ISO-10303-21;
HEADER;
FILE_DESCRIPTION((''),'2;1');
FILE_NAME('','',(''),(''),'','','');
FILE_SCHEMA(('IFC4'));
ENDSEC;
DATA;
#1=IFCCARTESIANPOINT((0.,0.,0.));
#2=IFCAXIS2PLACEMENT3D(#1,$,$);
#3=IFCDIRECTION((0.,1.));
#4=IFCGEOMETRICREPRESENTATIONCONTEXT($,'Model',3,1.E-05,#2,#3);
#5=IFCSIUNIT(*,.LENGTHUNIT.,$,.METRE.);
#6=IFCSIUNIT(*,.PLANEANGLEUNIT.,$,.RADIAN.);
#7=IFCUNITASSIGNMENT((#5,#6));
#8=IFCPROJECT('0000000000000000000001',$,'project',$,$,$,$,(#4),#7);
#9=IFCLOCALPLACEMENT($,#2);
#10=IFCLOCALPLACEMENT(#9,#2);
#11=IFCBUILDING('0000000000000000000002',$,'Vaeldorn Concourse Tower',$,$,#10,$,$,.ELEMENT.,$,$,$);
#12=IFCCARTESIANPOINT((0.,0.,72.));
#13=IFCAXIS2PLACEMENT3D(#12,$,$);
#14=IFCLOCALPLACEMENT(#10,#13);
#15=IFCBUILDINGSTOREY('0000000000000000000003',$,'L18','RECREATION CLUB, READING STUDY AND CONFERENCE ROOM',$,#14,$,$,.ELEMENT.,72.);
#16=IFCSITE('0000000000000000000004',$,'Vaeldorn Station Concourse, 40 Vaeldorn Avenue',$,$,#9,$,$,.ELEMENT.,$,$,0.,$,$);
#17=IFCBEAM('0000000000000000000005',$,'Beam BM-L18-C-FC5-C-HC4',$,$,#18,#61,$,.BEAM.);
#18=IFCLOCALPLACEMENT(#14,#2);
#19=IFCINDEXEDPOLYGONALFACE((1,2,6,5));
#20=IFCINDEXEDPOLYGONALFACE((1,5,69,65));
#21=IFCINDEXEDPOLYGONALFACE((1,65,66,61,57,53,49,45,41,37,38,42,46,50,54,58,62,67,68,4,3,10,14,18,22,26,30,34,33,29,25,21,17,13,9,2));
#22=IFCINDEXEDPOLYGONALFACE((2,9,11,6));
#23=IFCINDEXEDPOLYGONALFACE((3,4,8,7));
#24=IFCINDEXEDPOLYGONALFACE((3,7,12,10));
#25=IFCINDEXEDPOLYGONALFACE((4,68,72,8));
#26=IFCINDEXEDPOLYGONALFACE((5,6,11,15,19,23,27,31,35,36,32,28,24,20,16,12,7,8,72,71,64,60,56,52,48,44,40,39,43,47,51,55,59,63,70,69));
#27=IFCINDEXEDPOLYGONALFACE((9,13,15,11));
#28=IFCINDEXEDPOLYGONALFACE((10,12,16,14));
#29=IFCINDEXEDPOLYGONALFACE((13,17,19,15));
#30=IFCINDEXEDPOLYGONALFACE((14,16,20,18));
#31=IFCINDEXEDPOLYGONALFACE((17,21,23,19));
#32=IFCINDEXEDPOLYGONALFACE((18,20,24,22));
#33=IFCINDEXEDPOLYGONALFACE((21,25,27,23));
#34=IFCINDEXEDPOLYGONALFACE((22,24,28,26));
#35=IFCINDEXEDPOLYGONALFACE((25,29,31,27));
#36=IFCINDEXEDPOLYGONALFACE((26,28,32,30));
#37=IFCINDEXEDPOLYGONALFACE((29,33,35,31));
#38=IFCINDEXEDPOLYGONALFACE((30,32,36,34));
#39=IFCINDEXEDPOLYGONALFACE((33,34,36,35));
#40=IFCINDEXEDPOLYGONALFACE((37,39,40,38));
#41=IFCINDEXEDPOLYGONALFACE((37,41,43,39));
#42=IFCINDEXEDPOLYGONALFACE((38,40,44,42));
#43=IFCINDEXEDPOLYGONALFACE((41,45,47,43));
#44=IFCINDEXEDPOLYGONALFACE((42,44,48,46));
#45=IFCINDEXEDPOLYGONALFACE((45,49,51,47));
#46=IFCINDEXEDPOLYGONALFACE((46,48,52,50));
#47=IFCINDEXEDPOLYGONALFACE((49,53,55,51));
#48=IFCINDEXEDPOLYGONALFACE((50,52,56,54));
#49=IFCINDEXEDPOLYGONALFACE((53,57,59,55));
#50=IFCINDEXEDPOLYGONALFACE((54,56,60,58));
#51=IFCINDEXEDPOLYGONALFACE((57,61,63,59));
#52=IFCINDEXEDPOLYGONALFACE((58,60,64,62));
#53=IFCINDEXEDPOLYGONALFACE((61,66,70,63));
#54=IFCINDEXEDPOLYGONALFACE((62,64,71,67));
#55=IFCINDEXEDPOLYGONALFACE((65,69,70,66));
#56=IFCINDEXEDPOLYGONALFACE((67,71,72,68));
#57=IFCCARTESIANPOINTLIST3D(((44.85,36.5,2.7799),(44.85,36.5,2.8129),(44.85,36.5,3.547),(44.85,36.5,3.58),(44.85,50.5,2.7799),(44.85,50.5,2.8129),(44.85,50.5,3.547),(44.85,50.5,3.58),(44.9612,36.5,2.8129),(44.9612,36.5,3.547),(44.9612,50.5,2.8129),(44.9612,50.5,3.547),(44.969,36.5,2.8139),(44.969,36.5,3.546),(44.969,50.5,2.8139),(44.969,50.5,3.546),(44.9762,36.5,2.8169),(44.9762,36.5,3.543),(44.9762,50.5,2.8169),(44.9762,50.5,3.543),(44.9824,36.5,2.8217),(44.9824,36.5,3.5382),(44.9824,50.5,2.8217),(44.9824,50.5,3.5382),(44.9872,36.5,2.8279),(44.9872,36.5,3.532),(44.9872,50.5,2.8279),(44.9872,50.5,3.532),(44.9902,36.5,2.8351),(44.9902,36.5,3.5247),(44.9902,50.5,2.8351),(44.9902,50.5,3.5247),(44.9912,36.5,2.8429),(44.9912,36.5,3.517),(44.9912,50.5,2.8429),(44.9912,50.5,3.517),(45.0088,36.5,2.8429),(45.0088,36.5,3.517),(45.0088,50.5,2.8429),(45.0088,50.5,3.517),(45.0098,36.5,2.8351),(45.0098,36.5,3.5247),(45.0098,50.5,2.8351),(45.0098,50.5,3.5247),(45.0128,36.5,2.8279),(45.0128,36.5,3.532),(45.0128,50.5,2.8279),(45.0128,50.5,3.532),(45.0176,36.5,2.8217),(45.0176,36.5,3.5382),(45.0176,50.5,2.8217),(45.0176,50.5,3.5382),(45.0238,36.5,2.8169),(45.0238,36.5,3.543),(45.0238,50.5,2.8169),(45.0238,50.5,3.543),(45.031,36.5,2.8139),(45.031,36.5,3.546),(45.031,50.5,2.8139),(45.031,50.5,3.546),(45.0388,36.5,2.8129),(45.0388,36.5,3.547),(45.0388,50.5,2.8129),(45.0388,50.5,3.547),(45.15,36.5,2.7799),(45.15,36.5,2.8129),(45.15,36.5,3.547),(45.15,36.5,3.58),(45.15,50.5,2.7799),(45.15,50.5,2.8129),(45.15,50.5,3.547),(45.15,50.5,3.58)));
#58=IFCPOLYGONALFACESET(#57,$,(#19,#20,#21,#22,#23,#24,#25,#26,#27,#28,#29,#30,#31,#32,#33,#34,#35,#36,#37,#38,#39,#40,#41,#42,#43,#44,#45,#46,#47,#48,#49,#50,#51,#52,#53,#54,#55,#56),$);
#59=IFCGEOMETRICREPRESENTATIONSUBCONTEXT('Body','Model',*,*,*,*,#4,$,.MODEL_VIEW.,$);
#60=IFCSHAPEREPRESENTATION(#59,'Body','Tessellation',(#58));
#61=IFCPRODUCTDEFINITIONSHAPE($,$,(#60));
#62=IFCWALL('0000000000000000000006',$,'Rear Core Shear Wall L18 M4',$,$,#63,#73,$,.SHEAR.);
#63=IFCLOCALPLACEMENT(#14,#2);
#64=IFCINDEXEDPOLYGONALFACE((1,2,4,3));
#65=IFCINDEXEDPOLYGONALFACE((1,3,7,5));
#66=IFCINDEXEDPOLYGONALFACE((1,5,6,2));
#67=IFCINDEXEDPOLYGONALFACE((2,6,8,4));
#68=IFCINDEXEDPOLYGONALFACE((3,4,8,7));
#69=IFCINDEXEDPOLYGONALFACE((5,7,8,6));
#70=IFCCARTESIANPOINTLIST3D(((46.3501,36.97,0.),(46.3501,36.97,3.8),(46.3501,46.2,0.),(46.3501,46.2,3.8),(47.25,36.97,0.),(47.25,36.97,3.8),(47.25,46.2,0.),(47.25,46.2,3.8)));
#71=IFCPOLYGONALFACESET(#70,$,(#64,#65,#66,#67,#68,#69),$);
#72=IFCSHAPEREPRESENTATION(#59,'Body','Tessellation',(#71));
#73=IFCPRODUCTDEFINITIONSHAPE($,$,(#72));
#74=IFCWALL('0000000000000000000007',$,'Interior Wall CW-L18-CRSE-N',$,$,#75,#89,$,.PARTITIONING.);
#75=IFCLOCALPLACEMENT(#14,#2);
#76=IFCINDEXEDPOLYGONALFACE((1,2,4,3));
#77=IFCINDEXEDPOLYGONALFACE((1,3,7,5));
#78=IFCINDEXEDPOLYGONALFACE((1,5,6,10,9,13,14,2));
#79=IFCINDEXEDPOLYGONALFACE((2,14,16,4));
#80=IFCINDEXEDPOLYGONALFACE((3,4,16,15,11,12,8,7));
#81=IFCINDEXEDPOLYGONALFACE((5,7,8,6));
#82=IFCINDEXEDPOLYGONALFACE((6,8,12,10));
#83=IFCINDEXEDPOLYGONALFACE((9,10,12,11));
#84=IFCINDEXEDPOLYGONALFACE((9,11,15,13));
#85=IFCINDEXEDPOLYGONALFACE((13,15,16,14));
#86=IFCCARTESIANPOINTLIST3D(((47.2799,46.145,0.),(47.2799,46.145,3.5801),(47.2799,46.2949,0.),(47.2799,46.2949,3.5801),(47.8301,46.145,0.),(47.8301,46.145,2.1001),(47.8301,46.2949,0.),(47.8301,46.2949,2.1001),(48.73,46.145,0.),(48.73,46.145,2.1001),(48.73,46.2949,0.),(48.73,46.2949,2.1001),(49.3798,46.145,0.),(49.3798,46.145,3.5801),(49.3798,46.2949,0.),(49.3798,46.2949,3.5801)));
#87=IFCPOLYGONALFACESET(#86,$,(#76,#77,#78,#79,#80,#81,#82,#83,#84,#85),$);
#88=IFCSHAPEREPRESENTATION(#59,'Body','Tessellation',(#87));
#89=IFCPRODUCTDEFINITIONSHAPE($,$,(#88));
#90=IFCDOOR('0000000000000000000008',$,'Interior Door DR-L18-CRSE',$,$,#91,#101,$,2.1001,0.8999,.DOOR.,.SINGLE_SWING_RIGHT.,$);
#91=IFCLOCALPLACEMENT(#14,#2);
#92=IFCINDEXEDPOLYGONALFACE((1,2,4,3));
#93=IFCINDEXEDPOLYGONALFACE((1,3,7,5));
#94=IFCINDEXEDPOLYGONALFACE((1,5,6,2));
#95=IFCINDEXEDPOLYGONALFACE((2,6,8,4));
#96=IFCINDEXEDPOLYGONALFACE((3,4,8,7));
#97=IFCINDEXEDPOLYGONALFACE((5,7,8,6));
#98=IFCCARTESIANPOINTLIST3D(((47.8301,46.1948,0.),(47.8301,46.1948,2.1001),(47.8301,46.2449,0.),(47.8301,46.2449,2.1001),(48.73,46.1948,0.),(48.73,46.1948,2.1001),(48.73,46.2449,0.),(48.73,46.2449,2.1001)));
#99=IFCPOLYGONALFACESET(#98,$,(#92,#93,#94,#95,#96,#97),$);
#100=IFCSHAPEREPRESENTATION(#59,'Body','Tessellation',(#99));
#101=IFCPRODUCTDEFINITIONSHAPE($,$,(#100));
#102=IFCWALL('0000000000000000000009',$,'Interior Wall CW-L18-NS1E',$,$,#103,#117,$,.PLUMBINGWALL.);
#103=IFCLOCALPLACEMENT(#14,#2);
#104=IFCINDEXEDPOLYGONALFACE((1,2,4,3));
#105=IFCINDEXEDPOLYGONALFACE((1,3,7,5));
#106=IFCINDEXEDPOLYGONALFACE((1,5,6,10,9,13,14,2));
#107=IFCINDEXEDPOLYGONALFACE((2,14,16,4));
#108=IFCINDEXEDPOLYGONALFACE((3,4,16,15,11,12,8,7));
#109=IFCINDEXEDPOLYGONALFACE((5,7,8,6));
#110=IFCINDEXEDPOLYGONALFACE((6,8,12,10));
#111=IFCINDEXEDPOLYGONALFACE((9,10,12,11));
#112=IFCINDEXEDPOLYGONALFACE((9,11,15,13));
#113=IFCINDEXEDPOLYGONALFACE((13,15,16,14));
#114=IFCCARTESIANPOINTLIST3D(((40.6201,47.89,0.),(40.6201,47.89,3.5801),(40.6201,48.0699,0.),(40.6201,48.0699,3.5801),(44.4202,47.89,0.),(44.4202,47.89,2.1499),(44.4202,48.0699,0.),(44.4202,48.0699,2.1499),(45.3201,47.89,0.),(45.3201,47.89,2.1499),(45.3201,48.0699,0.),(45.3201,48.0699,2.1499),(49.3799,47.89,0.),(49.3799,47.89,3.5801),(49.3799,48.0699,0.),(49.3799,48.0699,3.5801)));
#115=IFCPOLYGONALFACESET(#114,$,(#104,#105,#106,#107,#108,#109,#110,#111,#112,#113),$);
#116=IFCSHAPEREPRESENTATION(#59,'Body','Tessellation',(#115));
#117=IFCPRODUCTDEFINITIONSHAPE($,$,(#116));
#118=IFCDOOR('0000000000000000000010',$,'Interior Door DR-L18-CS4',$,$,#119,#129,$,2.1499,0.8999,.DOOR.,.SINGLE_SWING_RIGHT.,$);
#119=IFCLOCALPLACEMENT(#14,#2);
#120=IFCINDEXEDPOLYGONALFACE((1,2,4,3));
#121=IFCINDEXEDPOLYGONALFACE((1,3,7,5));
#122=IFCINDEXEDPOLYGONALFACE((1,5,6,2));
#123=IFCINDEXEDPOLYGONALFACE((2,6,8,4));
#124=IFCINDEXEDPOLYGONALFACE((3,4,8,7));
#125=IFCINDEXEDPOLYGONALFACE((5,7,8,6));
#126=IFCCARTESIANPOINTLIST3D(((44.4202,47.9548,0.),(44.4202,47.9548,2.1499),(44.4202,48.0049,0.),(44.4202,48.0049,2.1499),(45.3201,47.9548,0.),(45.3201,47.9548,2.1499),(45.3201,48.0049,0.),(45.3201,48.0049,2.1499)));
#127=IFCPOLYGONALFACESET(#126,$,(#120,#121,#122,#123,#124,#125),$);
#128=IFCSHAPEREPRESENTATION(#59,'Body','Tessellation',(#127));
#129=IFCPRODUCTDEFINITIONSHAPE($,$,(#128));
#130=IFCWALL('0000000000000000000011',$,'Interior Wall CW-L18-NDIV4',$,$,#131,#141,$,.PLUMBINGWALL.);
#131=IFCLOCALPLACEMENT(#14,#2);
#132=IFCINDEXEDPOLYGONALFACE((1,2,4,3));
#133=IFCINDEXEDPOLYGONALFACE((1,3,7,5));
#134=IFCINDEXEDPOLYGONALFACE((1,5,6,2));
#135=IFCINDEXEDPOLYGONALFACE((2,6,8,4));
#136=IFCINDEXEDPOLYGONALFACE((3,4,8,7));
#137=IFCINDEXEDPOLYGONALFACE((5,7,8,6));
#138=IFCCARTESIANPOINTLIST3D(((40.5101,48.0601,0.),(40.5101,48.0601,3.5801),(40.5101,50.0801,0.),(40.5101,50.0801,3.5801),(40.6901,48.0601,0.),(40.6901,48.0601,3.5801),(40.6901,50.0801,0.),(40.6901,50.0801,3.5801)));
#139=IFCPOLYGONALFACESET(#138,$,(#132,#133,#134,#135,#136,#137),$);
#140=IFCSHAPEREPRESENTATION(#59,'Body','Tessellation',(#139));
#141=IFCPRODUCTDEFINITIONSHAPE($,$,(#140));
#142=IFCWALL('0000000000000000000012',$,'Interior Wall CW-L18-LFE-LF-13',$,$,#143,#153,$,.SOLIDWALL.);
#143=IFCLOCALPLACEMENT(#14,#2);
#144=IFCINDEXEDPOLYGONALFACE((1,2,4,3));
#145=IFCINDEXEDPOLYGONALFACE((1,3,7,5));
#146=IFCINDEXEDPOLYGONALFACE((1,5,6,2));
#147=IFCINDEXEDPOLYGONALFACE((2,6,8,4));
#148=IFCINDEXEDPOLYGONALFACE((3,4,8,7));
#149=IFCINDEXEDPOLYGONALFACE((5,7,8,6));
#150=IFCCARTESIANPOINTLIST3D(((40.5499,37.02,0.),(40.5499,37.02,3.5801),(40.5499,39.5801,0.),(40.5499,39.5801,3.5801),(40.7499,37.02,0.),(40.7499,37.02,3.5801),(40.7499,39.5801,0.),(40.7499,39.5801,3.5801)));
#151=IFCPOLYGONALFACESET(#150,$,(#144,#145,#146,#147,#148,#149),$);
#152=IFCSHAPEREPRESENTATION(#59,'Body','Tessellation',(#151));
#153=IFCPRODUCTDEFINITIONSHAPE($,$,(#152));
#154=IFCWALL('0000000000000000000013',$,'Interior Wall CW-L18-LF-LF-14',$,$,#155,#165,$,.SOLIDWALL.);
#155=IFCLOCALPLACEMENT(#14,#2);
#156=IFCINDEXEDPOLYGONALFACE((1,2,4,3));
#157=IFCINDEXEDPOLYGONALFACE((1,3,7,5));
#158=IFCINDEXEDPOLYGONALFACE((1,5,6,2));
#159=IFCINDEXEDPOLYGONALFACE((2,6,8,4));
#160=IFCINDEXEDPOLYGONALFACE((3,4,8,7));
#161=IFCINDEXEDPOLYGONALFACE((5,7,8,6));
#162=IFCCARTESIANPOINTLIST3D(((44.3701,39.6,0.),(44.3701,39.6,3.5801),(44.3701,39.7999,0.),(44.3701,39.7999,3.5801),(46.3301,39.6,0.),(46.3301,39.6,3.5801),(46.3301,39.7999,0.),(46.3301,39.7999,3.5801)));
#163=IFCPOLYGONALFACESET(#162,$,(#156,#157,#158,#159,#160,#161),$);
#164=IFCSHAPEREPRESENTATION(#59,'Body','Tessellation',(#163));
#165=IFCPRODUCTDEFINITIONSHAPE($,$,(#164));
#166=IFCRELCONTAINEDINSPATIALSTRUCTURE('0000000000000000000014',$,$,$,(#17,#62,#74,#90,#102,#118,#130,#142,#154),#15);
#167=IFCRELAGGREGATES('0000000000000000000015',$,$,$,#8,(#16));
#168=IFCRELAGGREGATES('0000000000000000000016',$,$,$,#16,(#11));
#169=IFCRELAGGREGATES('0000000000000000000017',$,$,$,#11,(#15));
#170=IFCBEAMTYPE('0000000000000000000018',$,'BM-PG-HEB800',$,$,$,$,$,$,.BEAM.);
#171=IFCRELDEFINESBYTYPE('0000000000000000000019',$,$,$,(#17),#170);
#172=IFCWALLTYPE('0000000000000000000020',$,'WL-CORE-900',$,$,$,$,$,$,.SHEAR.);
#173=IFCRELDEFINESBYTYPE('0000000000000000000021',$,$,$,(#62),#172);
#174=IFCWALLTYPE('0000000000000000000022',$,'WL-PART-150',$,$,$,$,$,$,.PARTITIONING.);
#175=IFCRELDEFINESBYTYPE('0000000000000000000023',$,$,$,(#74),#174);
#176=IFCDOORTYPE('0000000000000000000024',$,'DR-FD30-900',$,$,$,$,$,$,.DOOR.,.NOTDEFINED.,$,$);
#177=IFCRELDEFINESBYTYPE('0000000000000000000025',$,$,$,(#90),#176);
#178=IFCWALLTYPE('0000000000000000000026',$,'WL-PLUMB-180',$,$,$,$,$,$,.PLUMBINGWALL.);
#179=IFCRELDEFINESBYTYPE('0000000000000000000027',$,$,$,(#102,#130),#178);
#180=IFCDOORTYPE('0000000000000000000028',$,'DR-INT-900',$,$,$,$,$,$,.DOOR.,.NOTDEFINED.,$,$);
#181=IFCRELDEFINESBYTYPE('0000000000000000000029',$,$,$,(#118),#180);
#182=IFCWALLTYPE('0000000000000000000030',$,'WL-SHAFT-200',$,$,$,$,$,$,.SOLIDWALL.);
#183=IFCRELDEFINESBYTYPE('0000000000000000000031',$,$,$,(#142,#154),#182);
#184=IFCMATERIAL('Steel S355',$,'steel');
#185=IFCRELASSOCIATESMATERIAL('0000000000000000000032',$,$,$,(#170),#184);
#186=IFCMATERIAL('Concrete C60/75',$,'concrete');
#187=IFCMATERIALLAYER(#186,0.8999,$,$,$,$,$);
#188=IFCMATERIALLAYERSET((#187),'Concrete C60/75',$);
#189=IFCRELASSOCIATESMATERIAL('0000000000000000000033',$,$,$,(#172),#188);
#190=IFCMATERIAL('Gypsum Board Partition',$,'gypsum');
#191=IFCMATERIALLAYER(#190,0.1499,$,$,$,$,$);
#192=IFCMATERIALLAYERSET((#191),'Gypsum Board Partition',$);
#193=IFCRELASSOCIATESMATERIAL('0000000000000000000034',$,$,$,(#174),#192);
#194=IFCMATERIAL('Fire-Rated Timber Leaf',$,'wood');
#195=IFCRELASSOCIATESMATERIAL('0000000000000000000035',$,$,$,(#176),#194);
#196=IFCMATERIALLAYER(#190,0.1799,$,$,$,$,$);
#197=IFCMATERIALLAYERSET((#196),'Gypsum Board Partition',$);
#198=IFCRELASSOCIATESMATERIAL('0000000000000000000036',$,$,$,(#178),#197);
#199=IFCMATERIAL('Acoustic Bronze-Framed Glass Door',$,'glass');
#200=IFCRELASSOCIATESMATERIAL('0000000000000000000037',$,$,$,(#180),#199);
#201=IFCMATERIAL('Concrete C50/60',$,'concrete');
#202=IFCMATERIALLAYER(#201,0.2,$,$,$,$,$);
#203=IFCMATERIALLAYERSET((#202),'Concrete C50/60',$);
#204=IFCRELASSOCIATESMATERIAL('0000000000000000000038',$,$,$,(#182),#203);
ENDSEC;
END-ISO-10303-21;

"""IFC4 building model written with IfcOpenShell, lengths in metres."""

from ifc_helpers import new_model, si_unit, direction, frame, frame_2d, origin, origin_2d, place, context, subcontext, project, spatial, rectangle, i_section, extrude, source, transform, mapped, material, layer, layer_set, material_profile, profile_set, type_object, element, fill, save


model = new_model("IFC4")

# Units and contexts
model_context = context("Model", 3, precision=1e-05, world=origin(), true_north=direction((0.0, 1.0)))
body_context = subcontext(model_context, "Body", "Model", "MODEL_VIEW")
ifc_project = project(units=[si_unit("LENGTHUNIT", "METRE"), si_unit("PLANEANGLEUNIT", "RADIAN")], contexts=[model_context])

# Site, building, storey
site_placement = place(None, origin())
site = spatial("IfcSite", under=ifc_project, at=site_placement, Name="Vaeldorn Station Concourse, 40 Vaeldorn Avenue", CompositionType="ELEMENT", RefElevation=0.0)
building_placement = place(site_placement, origin())
building = spatial("IfcBuilding", under=site, at=building_placement, Name="Vaeldorn Concourse Tower", CompositionType="ELEMENT")
storey_placement = place(building_placement, frame((0.0, 0.0, 72.0)))
storey = spatial("IfcBuildingStorey", under=building, at=storey_placement, Name="L18", Description="RECREATION CLUB, READING STUDY AND CONFERENCE ROOM", CompositionType="ELEMENT", Elevation=72.0)

# Beam
ifc_material_1 = material(Name="Concrete C60/75", Category="concrete")
ifc_material_2 = material(Name="Steel S355", Category="steel")
ifc_material_profile_1 = material_profile(ifc_material_2, i_section(OverallWidth=0.3, OverallDepth=0.8, WebThickness=0.0176, FlangeThickness=0.033, FilletRadius=0.03, at=origin_2d()), Name="HEB 800")
ifc_profile_set_1 = profile_set([ifc_material_profile_1], Name="Steel S355")
beam_type_1 = type_object("IfcBeamType", Name="BM-PG-HEB800", PredefinedType="BEAM", material=ifc_profile_set_1)
shared_shape_1 = source(origin(), body_context, "Body", "SweptSolid", [
    extrude(i_section(OverallWidth=0.3, OverallDepth=0.8, WebThickness=0.0176, FlangeThickness=0.033, FilletRadius=0.03, at=origin_2d()), origin(), (0.0, 0.0, 1.0), 14.0),
])
beam_1_placement = place(storey_placement, frame((45.0, 36.5, 3.1799), z_axis=(0.0, 1.0, 0.0), x_axis=(-1.0, 0.0, 0.0)))
element("IfcBeam", 1, at=beam_1_placement, inside=storey, type_object=beam_type_1, Name="Beam BM-L18-C-FC5-C-HC4", PredefinedType="BEAM", context=body_context, shape_type="MappedRepresentation", body=[
    mapped(shared_shape_1, transform((0.0, 0.0, 0.0), scale=1.0)),
])

# Wall
ifc_layer_1 = layer(ifc_material_1, 0.8999)
ifc_layer_set_1 = layer_set([ifc_layer_1], Name="Concrete C60/75")
wall_type_1 = type_object("IfcWallType", Name="WL-CORE-900", PredefinedType="SHEAR", material=ifc_layer_set_1)
wall_1_placement = place(storey_placement, frame((46.8, 36.97, 0.0), z_axis=(0.0, 0.0, 1.0), x_axis=(0.0, 1.0, 0.0)))
element("IfcWall", 2, at=wall_1_placement, inside=storey, type_object=wall_type_1, Name="Rear Core Shear Wall L18 M4", PredefinedType="SHEAR", context=body_context, shape_type="SweptSolid", body=[
    extrude(rectangle(XDim=9.23, YDim=0.8999, at=frame_2d((4.615, 0.0))), origin(), (0.0, 0.0, 1.0), 3.8),
])

# Walls, openings, doors
ifc_material_3 = material(Name="Gypsum Board Partition", Category="gypsum")
ifc_layer_2 = layer(ifc_material_3, 0.1499)
ifc_layer_set_2 = layer_set([ifc_layer_2], Name="Gypsum Board Partition")
wall_type_2 = type_object("IfcWallType", Name="WL-PART-150", PredefinedType="PARTITIONING", material=ifc_layer_set_2)
wall_2_placement = place(storey_placement, frame((47.28, 46.22, 0.0), z_axis=(0.0, 0.0, 1.0), x_axis=(1.0, 0.0, 0.0)))
wall_2 = element("IfcWall", 3, at=wall_2_placement, inside=storey, type_object=wall_type_2, Name="Interior Wall CW-L18-CRSE-N", PredefinedType="PARTITIONING", context=body_context, shape_type="SweptSolid", body=[
    extrude(rectangle(XDim=2.0999, YDim=0.1499, at=frame_2d((1.0498, 0.0))), origin(), (0.0, 0.0, 1.0), 3.5801),
])
opening_1_placement = place(wall_2_placement, frame((0.55, 0.0, 0.0)))
opening_1 = element("IfcOpeningElement", 4, at=opening_1_placement, cuts=wall_2, PredefinedType="OPENING", context=body_context, shape_type="SweptSolid", body=[
    extrude(rectangle(XDim=0.8999, YDim=2.1001, at=frame_2d((0.45, 1.05))), frame((0.0, 0.085, 0.0), z_axis=(0.0, -1.0, 0.0), x_axis=(1.0, 0.0, 0.0)), (0.0, 0.0, 1.0), 0.1699),
])
ifc_material_4 = material(Name="Fire-Rated Timber Leaf", Category="wood")
door_type_1 = type_object("IfcDoorType", Name="DR-FD30-900", OperationType="NOTDEFINED", PredefinedType="DOOR", material=ifc_material_4)
shared_shape_2 = source(origin(), body_context, "Body", "SweptSolid", [
    extrude(rectangle(XDim=0.8999, YDim=2.1001, at=frame_2d((0.45, 1.05))), frame((0.0, 0.0249, 0.0), z_axis=(0.0, -1.0, 0.0), x_axis=(1.0, 0.0, 0.0)), (0.0, 0.0, 1.0), 0.05),
])
door_1_placement = place(opening_1_placement, origin())
door_1 = element("IfcDoor", 5, at=door_1_placement, inside=storey, type_object=door_type_1, Name="Interior Door DR-L18-CRSE", OperationType="SINGLE_SWING_RIGHT", OverallHeight=2.1001, OverallWidth=0.8999, PredefinedType="DOOR", context=body_context, shape_type="MappedRepresentation", body=[
    mapped(shared_shape_2, transform((0.0, 0.0, 0.0), scale=1.0)),
])
fill(opening_1, door_1)
ifc_layer_3 = layer(ifc_material_3, 0.1799)
ifc_layer_set_3 = layer_set([ifc_layer_3], Name="Gypsum Board Partition")
wall_type_3 = type_object("IfcWallType", Name="WL-PLUMB-180", PredefinedType="PLUMBINGWALL", material=ifc_layer_set_3)
wall_3_placement = place(storey_placement, frame((40.6201, 47.98, 0.0), z_axis=(0.0, 0.0, 1.0), x_axis=(1.0, 0.0, 0.0)))
wall_3 = element("IfcWall", 6, at=wall_3_placement, inside=storey, type_object=wall_type_3, Name="Interior Wall CW-L18-NS1E", PredefinedType="PLUMBINGWALL", context=body_context, shape_type="SweptSolid", body=[
    extrude(rectangle(XDim=8.7598, YDim=0.1799, at=frame_2d((4.3799, 0.0))), origin(), (0.0, 0.0, 1.0), 3.5801),
])
opening_2_placement = place(wall_3_placement, frame((3.8, 0.0, 0.0)))
opening_2 = element("IfcOpeningElement", 7, at=opening_2_placement, cuts=wall_3, PredefinedType="OPENING", context=body_context, shape_type="SweptSolid", body=[
    extrude(rectangle(XDim=0.8999, YDim=2.1499, at=frame_2d((0.45, 1.075))), frame((0.0, 0.1001, 0.0), z_axis=(0.0, -1.0, 0.0), x_axis=(1.0, 0.0, 0.0)), (0.0, 0.0, 1.0), 0.2),
])
ifc_material_5 = material(Name="Acoustic Bronze-Framed Glass Door", Category="glass")
door_type_2 = type_object("IfcDoorType", Name="DR-INT-900", OperationType="NOTDEFINED", PredefinedType="DOOR", material=ifc_material_5)
shared_shape_3 = source(origin(), body_context, "Body", "SweptSolid", [
    extrude(rectangle(XDim=0.8999, YDim=2.1499, at=frame_2d((0.45, 1.075))), frame((0.0, 0.0249, 0.0), z_axis=(0.0, -1.0, 0.0), x_axis=(1.0, 0.0, 0.0)), (0.0, 0.0, 1.0), 0.05),
])
door_2_placement = place(opening_2_placement, origin())
door_2 = element("IfcDoor", 8, at=door_2_placement, inside=storey, type_object=door_type_2, Name="Interior Door DR-L18-CS4", OperationType="SINGLE_SWING_RIGHT", OverallHeight=2.1499, OverallWidth=0.8999, PredefinedType="DOOR", context=body_context, shape_type="MappedRepresentation", body=[
    mapped(shared_shape_3, transform((0.0, 0.0, 0.0), scale=1.0)),
])
fill(opening_2, door_2)

# Wall
wall_4_placement = place(storey_placement, frame((40.6001, 48.0601, 0.0), z_axis=(0.0, 0.0, 1.0), x_axis=(0.0, 1.0, 0.0)))
element("IfcWall", 9, at=wall_4_placement, inside=storey, type_object=wall_type_3, Name="Interior Wall CW-L18-NDIV4", PredefinedType="PLUMBINGWALL", context=body_context, shape_type="SweptSolid", body=[
    extrude(rectangle(XDim=2.02, YDim=0.1799, at=frame_2d((1.01, 0.0))), origin(), (0.0, 0.0, 1.0), 3.5801),
])

# Shared definitions
ifc_material_6 = material(Name="Concrete C50/60", Category="concrete")
ifc_layer_4 = layer(ifc_material_6, 0.2)
ifc_layer_set_4 = layer_set([ifc_layer_4], Name="Concrete C50/60")
wall_type_4 = type_object("IfcWallType", Name="WL-SHAFT-200", PredefinedType="SOLIDWALL", material=ifc_layer_set_4)

# Walls
wall_5_placement = place(storey_placement, frame((40.6499, 37.02, 0.0), z_axis=(0.0, 0.0, 1.0), x_axis=(0.0, 1.0, 0.0)))
element("IfcWall", 10, at=wall_5_placement, inside=storey, type_object=wall_type_4, Name="Interior Wall CW-L18-LFE-LF-13", PredefinedType="SOLIDWALL", context=body_context, shape_type="SweptSolid", body=[
    extrude(rectangle(XDim=2.5601, YDim=0.2, at=frame_2d((1.28, 0.0))), origin(), (0.0, 0.0, 1.0), 3.5801),
])
wall_6_placement = place(storey_placement, frame((44.3701, 39.7, 0.0), z_axis=(0.0, 0.0, 1.0), x_axis=(1.0, 0.0, 0.0)))
element("IfcWall", 11, at=wall_6_placement, inside=storey, type_object=wall_type_4, Name="Interior Wall CW-L18-LF-LF-14", PredefinedType="SOLIDWALL", context=body_context, shape_type="SweptSolid", body=[
    extrude(rectangle(XDim=1.96, YDim=0.2, at=frame_2d((0.98, 0.0))), origin(), (0.0, 0.0, 1.0), 3.5801),
])

save(model, "model.ifc")
